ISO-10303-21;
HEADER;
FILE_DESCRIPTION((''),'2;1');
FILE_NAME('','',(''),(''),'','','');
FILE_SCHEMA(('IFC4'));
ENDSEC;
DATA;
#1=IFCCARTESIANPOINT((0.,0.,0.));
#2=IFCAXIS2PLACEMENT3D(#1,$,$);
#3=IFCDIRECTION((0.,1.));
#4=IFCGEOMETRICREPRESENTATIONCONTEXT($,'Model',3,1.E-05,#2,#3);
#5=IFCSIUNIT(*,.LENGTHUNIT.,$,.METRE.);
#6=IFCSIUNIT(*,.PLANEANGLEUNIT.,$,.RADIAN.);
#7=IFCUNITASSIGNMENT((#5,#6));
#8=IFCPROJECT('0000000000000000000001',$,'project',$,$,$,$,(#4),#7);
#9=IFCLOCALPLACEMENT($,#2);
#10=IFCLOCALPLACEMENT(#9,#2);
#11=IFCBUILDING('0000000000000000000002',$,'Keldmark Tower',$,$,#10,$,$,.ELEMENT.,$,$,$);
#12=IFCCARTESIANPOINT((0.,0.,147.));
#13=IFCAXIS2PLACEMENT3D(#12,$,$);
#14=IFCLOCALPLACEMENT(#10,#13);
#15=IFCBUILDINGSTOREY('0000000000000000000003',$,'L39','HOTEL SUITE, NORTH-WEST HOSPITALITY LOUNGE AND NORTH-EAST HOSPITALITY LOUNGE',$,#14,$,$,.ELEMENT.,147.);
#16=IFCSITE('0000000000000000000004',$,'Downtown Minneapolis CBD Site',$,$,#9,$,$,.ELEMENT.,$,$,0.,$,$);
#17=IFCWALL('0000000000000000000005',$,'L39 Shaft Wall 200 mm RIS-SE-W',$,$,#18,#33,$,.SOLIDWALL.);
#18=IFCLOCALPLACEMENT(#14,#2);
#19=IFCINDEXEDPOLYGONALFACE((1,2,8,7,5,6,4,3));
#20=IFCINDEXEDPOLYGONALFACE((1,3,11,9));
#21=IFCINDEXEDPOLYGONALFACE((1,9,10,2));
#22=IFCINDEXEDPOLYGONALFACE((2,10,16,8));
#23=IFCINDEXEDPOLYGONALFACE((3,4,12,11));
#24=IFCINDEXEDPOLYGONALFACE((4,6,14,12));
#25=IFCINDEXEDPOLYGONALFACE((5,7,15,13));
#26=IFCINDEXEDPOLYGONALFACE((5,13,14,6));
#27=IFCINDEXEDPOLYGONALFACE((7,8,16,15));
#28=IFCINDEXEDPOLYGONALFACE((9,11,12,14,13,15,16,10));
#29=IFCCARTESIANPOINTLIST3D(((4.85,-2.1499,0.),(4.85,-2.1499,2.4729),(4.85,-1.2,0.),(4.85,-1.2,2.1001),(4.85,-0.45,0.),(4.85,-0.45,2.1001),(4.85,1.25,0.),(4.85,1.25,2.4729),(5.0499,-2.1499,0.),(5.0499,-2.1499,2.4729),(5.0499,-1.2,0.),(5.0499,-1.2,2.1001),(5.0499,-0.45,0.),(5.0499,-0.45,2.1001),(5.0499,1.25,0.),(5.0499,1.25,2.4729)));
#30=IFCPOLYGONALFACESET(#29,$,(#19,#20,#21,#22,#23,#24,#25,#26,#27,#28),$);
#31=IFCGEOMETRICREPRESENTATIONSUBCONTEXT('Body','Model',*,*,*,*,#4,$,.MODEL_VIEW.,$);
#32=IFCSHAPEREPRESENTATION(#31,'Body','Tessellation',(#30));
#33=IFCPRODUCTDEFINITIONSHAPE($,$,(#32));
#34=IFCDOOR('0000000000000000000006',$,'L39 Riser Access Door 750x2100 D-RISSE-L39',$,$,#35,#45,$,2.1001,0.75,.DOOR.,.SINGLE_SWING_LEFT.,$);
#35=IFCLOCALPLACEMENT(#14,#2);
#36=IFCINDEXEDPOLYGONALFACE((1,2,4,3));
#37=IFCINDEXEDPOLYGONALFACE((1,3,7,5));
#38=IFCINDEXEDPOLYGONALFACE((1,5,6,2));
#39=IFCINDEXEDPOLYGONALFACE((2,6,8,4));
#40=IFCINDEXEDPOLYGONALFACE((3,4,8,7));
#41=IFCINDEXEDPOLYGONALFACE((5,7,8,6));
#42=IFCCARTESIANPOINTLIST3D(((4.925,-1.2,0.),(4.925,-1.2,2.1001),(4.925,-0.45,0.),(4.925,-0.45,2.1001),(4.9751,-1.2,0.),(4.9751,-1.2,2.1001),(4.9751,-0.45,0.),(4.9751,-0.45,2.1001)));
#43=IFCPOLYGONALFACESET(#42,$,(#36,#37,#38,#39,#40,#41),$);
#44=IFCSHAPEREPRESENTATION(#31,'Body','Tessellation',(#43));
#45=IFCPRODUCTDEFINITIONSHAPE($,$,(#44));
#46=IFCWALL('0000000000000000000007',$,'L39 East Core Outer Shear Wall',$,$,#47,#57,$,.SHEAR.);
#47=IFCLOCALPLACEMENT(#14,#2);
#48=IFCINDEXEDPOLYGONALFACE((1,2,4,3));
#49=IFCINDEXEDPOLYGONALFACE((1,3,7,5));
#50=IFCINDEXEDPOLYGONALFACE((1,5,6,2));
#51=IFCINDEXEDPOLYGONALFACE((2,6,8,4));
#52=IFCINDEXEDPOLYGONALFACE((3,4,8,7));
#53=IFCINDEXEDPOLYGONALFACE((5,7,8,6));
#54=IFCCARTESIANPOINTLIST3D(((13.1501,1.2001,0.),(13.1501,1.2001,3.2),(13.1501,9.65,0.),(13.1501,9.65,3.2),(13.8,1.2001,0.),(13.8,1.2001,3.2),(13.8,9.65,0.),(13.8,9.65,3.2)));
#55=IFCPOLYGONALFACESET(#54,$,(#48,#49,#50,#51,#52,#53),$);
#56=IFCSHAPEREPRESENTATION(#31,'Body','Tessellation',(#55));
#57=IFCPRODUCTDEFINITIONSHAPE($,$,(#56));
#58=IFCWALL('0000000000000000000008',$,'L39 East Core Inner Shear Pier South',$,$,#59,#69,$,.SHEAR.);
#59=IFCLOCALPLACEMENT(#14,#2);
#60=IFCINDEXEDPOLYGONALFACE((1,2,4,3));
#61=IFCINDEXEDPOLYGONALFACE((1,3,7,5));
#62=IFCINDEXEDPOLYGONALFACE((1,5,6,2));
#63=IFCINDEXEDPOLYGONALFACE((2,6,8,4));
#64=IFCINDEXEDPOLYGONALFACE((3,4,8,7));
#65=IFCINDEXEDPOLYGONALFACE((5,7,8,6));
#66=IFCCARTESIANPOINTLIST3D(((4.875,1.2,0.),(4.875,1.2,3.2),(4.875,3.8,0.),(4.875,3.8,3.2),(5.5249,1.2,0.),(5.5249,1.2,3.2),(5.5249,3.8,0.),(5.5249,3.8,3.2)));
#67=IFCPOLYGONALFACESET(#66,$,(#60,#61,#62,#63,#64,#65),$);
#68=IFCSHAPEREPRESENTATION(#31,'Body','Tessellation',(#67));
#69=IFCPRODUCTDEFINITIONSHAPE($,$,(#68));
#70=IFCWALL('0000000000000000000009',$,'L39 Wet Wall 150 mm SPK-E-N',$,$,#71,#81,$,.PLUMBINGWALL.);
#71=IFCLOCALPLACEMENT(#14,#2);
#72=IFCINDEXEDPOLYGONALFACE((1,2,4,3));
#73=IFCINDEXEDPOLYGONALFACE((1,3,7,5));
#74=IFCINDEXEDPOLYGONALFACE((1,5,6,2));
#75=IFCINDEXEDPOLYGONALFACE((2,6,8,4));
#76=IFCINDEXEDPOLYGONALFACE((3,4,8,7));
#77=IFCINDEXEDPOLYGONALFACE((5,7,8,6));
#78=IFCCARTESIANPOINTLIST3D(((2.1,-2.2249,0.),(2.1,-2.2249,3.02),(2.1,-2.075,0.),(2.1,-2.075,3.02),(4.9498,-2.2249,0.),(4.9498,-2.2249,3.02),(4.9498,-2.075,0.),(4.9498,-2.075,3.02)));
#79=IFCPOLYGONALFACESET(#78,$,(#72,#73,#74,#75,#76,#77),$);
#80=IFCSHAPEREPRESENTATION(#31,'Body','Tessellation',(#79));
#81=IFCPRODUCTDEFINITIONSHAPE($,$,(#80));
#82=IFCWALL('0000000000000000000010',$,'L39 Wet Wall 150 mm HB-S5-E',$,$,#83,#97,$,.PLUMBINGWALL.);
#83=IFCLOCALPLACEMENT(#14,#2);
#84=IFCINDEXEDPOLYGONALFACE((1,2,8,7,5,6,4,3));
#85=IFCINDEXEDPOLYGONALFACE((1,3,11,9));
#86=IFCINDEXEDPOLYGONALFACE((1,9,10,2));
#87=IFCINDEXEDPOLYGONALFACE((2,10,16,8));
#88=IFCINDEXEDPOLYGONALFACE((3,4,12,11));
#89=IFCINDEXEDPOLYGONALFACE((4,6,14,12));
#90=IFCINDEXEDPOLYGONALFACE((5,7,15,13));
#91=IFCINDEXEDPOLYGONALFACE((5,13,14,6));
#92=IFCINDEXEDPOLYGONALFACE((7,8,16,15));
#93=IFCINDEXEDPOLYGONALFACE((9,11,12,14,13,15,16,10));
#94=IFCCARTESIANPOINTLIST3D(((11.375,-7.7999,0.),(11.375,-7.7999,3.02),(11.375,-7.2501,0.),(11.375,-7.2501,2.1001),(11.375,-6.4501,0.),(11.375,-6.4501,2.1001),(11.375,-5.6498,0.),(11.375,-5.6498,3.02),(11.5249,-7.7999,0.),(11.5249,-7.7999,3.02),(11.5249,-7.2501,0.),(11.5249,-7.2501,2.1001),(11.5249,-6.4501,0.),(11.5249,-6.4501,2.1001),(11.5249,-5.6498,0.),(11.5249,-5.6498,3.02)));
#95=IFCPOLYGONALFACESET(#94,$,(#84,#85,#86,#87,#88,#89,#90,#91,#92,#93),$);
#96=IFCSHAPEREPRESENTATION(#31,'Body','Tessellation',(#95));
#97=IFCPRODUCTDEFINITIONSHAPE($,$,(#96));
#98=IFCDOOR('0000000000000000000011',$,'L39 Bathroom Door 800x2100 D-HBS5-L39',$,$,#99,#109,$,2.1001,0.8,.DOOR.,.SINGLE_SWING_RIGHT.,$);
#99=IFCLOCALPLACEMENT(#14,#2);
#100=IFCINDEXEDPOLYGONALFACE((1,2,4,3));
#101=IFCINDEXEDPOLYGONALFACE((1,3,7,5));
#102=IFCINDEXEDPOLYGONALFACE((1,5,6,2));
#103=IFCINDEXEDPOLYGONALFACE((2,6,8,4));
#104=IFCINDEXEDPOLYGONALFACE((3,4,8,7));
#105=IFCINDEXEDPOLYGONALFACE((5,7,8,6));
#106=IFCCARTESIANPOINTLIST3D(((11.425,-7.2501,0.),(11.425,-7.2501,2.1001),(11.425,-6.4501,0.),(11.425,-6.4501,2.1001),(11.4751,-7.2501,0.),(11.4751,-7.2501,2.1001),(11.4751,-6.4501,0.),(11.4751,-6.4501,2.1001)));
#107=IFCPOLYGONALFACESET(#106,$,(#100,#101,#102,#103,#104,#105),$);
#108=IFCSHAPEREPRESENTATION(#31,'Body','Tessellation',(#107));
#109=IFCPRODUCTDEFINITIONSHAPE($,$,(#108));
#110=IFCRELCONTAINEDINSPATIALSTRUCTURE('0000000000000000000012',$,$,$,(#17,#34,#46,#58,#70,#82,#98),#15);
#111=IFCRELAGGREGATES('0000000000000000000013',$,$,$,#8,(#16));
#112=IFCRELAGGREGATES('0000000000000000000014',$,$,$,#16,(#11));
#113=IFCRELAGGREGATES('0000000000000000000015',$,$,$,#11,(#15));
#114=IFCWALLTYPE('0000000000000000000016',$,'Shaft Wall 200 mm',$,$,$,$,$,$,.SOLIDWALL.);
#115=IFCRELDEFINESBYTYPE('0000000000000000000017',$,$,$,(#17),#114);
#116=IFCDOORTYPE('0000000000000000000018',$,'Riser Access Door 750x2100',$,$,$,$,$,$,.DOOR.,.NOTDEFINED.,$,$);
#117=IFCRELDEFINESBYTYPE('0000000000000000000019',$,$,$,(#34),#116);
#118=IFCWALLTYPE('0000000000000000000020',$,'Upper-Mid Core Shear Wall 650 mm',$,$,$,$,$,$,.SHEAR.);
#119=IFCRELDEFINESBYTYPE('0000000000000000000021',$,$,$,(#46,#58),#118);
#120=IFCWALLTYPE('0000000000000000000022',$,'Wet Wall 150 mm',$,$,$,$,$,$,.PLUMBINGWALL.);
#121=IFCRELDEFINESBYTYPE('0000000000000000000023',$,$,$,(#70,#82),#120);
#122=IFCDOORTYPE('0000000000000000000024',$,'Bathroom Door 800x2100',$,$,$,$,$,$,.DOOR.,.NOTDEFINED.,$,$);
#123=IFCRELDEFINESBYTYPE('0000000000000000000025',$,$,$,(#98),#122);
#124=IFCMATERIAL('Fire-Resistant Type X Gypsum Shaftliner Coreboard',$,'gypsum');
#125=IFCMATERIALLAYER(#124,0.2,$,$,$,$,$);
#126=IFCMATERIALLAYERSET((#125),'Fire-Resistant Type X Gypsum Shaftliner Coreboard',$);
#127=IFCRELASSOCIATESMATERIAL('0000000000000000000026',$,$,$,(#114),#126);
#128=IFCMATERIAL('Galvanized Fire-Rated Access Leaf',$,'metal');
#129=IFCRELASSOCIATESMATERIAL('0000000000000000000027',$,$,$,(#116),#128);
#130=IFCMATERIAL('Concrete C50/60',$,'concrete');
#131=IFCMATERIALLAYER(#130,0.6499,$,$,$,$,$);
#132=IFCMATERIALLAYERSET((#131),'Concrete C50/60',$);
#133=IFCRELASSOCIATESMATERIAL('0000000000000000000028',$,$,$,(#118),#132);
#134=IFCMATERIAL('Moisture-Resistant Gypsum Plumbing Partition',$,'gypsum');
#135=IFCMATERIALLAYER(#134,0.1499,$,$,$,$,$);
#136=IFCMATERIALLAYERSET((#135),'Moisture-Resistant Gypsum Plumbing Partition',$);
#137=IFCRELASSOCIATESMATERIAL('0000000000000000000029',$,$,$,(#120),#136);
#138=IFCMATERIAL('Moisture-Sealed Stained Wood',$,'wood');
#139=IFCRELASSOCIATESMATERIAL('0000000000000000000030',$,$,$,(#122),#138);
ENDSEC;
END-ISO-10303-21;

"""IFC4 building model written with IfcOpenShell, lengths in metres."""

from ifc_helpers import new_model, si_unit, direction, frame, frame_2d, origin, place, context, subcontext, project, spatial, rectangle, extrude, material, layer, layer_set, type_object, element, fill, save


model = new_model("IFC4")

# Units and contexts
model_context = context("Model", 3, precision=1e-05, world=origin(), true_north=direction((0.0, 1.0)))
body_context = subcontext(model_context, "Body", "Model", "MODEL_VIEW")
ifc_project = project(units=[si_unit("LENGTHUNIT", "METRE"), si_unit("PLANEANGLEUNIT", "RADIAN")], contexts=[model_context])

# Site, building, storey
site_placement = place(None, origin())
site = spatial("IfcSite", under=ifc_project, at=site_placement, Name="Downtown Minneapolis CBD Site", CompositionType="ELEMENT", RefElevation=0.0)
building_placement = place(site_placement, origin())
building = spatial("IfcBuilding", under=site, at=building_placement, Name="Keldmark Tower", CompositionType="ELEMENT")
storey_placement = place(building_placement, frame((0.0, 0.0, 147.0)))
storey = spatial("IfcBuildingStorey", under=building, at=storey_placement, Name="L39", Description="HOTEL SUITE, NORTH-WEST HOSPITALITY LOUNGE AND NORTH-EAST HOSPITALITY LOUNGE", CompositionType="ELEMENT", Elevation=147.0)

# Shared definitions
ifc_material_1 = material(Name="Fire-Resistant Type X Gypsum Shaftliner Coreboard", Category="gypsum")
ifc_layer_1 = layer(ifc_material_1, 0.2)
ifc_layer_set_1 = layer_set([ifc_layer_1], Name="Fire-Resistant Type X Gypsum Shaftliner Coreboard")
wall_type_1 = type_object("IfcWallType", Name="Shaft Wall 200 mm", PredefinedType="SOLIDWALL", material=ifc_layer_set_1)

# Wall, opening, door
wall_1_placement = place(storey_placement, frame((4.95, -2.1499, 0.0), z_axis=(0.0, 0.0, 1.0), x_axis=(0.0, 1.0, 0.0)))
wall_1 = element("IfcWall", 1, at=wall_1_placement, inside=storey, type_object=wall_type_1, Name="L39 Shaft Wall 200 mm RIS-SE-W", PredefinedType="SOLIDWALL", context=body_context, shape_type="SweptSolid", body=[
    extrude(rectangle(XDim=3.3999, YDim=0.2, at=frame_2d((1.7, 0.0))), origin(), (0.0, 0.0, 1.0), 2.4729),
])
opening_1_placement = place(wall_1_placement, frame((0.95, 0.0, 0.0)))
opening_1 = element("IfcOpeningElement", 2, at=opening_1_placement, cuts=wall_1, PredefinedType="OPENING", context=body_context, shape_type="SweptSolid", body=[
    extrude(rectangle(XDim=0.75, YDim=2.1001, at=frame_2d((0.375, 1.05))), frame((0.0, 0.1099, 0.0), z_axis=(0.0, -1.0, 0.0), x_axis=(1.0, 0.0, 0.0)), (0.0, 0.0, 1.0), 0.22),
])
ifc_material_2 = material(Name="Galvanized Fire-Rated Access Leaf", Category="metal")
door_type_1 = type_object("IfcDoorType", Name="Riser Access Door 750x2100", OperationType="NOTDEFINED", PredefinedType="DOOR", material=ifc_material_2)
door_1_placement = place(opening_1_placement, origin())
door_1 = element("IfcDoor", 3, at=door_1_placement, inside=storey, type_object=door_type_1, Name="L39 Riser Access Door 750x2100 D-RISSE-L39", OperationType="SINGLE_SWING_LEFT", OverallHeight=2.1001, OverallWidth=0.75, PredefinedType="DOOR", context=body_context, shape_type="SweptSolid", body=[
    extrude(rectangle(XDim=0.75, YDim=2.1001, at=frame_2d((0.375, 1.05))), frame((0.0, 0.0249, 0.0), z_axis=(0.0, -1.0, 0.0), x_axis=(1.0, 0.0, 0.0)), (0.0, 0.0, 1.0), 0.05),
])
fill(opening_1, door_1)

# Walls
ifc_material_3 = material(Name="Concrete C50/60", Category="concrete")
ifc_layer_2 = layer(ifc_material_3, 0.6499)
ifc_layer_set_2 = layer_set([ifc_layer_2], Name="Concrete C50/60")
wall_type_2 = type_object("IfcWallType", Name="Upper-Mid Core Shear Wall 650 mm", PredefinedType="SHEAR", material=ifc_layer_set_2)
wall_2_placement = place(storey_placement, frame((13.4751, 1.2, 0.0), z_axis=(0.0, 0.0, 1.0), x_axis=(0.0, 1.0, 0.0)))
element("IfcWall", 4, at=wall_2_placement, inside=storey, type_object=wall_type_2, Name="L39 East Core Outer Shear Wall", PredefinedType="SHEAR", context=body_context, shape_type="SweptSolid", body=[
    extrude(rectangle(XDim=8.45, YDim=0.6499, at=frame_2d((4.2251, 0.0))), origin(), (0.0, 0.0, 1.0), 3.2),
])
wall_3_placement = place(storey_placement, frame((5.2, 1.2, 0.0), z_axis=(0.0, 0.0, 1.0), x_axis=(0.0, 1.0, 0.0)))
element("IfcWall", 5, at=wall_3_placement, inside=storey, type_object=wall_type_2, Name="L39 East Core Inner Shear Pier South", PredefinedType="SHEAR", context=body_context, shape_type="SweptSolid", body=[
    extrude(rectangle(XDim=2.6001, YDim=0.6499, at=frame_2d((1.3, 0.0))), origin(), (0.0, 0.0, 1.0), 3.2),
])
ifc_material_4 = material(Name="Moisture-Resistant Gypsum Plumbing Partition", Category="gypsum")
ifc_layer_3 = layer(ifc_material_4, 0.1499)
ifc_layer_set_3 = layer_set([ifc_layer_3], Name="Moisture-Resistant Gypsum Plumbing Partition")
wall_type_3 = type_object("IfcWallType", Name="Wet Wall 150 mm", PredefinedType="PLUMBINGWALL", material=ifc_layer_set_3)
wall_4_placement = place(storey_placement, frame((2.1001, -2.1499, 0.0), z_axis=(0.0, 0.0, 1.0), x_axis=(1.0, 0.0, 0.0)))
element("IfcWall", 6, at=wall_4_placement, inside=storey, type_object=wall_type_3, Name="L39 Wet Wall 150 mm SPK-E-N", PredefinedType="PLUMBINGWALL", context=body_context, shape_type="SweptSolid", body=[
    extrude(rectangle(XDim=2.8499, YDim=0.1499, at=frame_2d((1.4248, 0.0))), origin(), (0.0, 0.0, 1.0), 3.02),
])

# Wall, opening, door
wall_5_placement = place(storey_placement, frame((11.45, -7.8, 0.0), z_axis=(0.0, 0.0, 1.0), x_axis=(0.0, 1.0, 0.0)))
wall_5 = element("IfcWall", 7, at=wall_5_placement, inside=storey, type_object=wall_type_3, Name="L39 Wet Wall 150 mm HB-S5-E", PredefinedType="PLUMBINGWALL", context=body_context, shape_type="SweptSolid", body=[
    extrude(rectangle(XDim=2.1501, YDim=0.1499, at=frame_2d((1.0752, 0.0))), origin(), (0.0, 0.0, 1.0), 3.02),
])
opening_2_placement = place(wall_5_placement, frame((0.55, 0.0, 0.0)))
opening_2 = element("IfcOpeningElement", 8, at=opening_2_placement, cuts=wall_5, PredefinedType="OPENING", context=body_context, shape_type="SweptSolid", body=[
    extrude(rectangle(XDim=0.8, YDim=2.1001, at=frame_2d((0.3999, 1.05))), frame((0.0, 0.085, 0.0), z_axis=(0.0, -1.0, 0.0), x_axis=(1.0, 0.0, 0.0)), (0.0, 0.0, 1.0), 0.1699),
])
ifc_material_5 = material(Name="Moisture-Sealed Stained Wood", Category="wood")
door_type_2 = type_object("IfcDoorType", Name="Bathroom Door 800x2100", OperationType="NOTDEFINED", PredefinedType="DOOR", material=ifc_material_5)
door_2_placement = place(opening_2_placement, origin())
door_2 = element("IfcDoor", 9, at=door_2_placement, inside=storey, type_object=door_type_2, Name="L39 Bathroom Door 800x2100 D-HBS5-L39", OperationType="SINGLE_SWING_RIGHT", OverallHeight=2.1001, OverallWidth=0.8, PredefinedType="DOOR", context=body_context, shape_type="SweptSolid", body=[
    extrude(rectangle(XDim=0.8, YDim=2.1001, at=frame_2d((0.3999, 1.05))), frame((0.0, 0.0249, 0.0), z_axis=(0.0, -1.0, 0.0), x_axis=(1.0, 0.0, 0.0)), (0.0, 0.0, 1.0), 0.05),
])
fill(opening_2, door_2)

save(model, "model.ifc")
